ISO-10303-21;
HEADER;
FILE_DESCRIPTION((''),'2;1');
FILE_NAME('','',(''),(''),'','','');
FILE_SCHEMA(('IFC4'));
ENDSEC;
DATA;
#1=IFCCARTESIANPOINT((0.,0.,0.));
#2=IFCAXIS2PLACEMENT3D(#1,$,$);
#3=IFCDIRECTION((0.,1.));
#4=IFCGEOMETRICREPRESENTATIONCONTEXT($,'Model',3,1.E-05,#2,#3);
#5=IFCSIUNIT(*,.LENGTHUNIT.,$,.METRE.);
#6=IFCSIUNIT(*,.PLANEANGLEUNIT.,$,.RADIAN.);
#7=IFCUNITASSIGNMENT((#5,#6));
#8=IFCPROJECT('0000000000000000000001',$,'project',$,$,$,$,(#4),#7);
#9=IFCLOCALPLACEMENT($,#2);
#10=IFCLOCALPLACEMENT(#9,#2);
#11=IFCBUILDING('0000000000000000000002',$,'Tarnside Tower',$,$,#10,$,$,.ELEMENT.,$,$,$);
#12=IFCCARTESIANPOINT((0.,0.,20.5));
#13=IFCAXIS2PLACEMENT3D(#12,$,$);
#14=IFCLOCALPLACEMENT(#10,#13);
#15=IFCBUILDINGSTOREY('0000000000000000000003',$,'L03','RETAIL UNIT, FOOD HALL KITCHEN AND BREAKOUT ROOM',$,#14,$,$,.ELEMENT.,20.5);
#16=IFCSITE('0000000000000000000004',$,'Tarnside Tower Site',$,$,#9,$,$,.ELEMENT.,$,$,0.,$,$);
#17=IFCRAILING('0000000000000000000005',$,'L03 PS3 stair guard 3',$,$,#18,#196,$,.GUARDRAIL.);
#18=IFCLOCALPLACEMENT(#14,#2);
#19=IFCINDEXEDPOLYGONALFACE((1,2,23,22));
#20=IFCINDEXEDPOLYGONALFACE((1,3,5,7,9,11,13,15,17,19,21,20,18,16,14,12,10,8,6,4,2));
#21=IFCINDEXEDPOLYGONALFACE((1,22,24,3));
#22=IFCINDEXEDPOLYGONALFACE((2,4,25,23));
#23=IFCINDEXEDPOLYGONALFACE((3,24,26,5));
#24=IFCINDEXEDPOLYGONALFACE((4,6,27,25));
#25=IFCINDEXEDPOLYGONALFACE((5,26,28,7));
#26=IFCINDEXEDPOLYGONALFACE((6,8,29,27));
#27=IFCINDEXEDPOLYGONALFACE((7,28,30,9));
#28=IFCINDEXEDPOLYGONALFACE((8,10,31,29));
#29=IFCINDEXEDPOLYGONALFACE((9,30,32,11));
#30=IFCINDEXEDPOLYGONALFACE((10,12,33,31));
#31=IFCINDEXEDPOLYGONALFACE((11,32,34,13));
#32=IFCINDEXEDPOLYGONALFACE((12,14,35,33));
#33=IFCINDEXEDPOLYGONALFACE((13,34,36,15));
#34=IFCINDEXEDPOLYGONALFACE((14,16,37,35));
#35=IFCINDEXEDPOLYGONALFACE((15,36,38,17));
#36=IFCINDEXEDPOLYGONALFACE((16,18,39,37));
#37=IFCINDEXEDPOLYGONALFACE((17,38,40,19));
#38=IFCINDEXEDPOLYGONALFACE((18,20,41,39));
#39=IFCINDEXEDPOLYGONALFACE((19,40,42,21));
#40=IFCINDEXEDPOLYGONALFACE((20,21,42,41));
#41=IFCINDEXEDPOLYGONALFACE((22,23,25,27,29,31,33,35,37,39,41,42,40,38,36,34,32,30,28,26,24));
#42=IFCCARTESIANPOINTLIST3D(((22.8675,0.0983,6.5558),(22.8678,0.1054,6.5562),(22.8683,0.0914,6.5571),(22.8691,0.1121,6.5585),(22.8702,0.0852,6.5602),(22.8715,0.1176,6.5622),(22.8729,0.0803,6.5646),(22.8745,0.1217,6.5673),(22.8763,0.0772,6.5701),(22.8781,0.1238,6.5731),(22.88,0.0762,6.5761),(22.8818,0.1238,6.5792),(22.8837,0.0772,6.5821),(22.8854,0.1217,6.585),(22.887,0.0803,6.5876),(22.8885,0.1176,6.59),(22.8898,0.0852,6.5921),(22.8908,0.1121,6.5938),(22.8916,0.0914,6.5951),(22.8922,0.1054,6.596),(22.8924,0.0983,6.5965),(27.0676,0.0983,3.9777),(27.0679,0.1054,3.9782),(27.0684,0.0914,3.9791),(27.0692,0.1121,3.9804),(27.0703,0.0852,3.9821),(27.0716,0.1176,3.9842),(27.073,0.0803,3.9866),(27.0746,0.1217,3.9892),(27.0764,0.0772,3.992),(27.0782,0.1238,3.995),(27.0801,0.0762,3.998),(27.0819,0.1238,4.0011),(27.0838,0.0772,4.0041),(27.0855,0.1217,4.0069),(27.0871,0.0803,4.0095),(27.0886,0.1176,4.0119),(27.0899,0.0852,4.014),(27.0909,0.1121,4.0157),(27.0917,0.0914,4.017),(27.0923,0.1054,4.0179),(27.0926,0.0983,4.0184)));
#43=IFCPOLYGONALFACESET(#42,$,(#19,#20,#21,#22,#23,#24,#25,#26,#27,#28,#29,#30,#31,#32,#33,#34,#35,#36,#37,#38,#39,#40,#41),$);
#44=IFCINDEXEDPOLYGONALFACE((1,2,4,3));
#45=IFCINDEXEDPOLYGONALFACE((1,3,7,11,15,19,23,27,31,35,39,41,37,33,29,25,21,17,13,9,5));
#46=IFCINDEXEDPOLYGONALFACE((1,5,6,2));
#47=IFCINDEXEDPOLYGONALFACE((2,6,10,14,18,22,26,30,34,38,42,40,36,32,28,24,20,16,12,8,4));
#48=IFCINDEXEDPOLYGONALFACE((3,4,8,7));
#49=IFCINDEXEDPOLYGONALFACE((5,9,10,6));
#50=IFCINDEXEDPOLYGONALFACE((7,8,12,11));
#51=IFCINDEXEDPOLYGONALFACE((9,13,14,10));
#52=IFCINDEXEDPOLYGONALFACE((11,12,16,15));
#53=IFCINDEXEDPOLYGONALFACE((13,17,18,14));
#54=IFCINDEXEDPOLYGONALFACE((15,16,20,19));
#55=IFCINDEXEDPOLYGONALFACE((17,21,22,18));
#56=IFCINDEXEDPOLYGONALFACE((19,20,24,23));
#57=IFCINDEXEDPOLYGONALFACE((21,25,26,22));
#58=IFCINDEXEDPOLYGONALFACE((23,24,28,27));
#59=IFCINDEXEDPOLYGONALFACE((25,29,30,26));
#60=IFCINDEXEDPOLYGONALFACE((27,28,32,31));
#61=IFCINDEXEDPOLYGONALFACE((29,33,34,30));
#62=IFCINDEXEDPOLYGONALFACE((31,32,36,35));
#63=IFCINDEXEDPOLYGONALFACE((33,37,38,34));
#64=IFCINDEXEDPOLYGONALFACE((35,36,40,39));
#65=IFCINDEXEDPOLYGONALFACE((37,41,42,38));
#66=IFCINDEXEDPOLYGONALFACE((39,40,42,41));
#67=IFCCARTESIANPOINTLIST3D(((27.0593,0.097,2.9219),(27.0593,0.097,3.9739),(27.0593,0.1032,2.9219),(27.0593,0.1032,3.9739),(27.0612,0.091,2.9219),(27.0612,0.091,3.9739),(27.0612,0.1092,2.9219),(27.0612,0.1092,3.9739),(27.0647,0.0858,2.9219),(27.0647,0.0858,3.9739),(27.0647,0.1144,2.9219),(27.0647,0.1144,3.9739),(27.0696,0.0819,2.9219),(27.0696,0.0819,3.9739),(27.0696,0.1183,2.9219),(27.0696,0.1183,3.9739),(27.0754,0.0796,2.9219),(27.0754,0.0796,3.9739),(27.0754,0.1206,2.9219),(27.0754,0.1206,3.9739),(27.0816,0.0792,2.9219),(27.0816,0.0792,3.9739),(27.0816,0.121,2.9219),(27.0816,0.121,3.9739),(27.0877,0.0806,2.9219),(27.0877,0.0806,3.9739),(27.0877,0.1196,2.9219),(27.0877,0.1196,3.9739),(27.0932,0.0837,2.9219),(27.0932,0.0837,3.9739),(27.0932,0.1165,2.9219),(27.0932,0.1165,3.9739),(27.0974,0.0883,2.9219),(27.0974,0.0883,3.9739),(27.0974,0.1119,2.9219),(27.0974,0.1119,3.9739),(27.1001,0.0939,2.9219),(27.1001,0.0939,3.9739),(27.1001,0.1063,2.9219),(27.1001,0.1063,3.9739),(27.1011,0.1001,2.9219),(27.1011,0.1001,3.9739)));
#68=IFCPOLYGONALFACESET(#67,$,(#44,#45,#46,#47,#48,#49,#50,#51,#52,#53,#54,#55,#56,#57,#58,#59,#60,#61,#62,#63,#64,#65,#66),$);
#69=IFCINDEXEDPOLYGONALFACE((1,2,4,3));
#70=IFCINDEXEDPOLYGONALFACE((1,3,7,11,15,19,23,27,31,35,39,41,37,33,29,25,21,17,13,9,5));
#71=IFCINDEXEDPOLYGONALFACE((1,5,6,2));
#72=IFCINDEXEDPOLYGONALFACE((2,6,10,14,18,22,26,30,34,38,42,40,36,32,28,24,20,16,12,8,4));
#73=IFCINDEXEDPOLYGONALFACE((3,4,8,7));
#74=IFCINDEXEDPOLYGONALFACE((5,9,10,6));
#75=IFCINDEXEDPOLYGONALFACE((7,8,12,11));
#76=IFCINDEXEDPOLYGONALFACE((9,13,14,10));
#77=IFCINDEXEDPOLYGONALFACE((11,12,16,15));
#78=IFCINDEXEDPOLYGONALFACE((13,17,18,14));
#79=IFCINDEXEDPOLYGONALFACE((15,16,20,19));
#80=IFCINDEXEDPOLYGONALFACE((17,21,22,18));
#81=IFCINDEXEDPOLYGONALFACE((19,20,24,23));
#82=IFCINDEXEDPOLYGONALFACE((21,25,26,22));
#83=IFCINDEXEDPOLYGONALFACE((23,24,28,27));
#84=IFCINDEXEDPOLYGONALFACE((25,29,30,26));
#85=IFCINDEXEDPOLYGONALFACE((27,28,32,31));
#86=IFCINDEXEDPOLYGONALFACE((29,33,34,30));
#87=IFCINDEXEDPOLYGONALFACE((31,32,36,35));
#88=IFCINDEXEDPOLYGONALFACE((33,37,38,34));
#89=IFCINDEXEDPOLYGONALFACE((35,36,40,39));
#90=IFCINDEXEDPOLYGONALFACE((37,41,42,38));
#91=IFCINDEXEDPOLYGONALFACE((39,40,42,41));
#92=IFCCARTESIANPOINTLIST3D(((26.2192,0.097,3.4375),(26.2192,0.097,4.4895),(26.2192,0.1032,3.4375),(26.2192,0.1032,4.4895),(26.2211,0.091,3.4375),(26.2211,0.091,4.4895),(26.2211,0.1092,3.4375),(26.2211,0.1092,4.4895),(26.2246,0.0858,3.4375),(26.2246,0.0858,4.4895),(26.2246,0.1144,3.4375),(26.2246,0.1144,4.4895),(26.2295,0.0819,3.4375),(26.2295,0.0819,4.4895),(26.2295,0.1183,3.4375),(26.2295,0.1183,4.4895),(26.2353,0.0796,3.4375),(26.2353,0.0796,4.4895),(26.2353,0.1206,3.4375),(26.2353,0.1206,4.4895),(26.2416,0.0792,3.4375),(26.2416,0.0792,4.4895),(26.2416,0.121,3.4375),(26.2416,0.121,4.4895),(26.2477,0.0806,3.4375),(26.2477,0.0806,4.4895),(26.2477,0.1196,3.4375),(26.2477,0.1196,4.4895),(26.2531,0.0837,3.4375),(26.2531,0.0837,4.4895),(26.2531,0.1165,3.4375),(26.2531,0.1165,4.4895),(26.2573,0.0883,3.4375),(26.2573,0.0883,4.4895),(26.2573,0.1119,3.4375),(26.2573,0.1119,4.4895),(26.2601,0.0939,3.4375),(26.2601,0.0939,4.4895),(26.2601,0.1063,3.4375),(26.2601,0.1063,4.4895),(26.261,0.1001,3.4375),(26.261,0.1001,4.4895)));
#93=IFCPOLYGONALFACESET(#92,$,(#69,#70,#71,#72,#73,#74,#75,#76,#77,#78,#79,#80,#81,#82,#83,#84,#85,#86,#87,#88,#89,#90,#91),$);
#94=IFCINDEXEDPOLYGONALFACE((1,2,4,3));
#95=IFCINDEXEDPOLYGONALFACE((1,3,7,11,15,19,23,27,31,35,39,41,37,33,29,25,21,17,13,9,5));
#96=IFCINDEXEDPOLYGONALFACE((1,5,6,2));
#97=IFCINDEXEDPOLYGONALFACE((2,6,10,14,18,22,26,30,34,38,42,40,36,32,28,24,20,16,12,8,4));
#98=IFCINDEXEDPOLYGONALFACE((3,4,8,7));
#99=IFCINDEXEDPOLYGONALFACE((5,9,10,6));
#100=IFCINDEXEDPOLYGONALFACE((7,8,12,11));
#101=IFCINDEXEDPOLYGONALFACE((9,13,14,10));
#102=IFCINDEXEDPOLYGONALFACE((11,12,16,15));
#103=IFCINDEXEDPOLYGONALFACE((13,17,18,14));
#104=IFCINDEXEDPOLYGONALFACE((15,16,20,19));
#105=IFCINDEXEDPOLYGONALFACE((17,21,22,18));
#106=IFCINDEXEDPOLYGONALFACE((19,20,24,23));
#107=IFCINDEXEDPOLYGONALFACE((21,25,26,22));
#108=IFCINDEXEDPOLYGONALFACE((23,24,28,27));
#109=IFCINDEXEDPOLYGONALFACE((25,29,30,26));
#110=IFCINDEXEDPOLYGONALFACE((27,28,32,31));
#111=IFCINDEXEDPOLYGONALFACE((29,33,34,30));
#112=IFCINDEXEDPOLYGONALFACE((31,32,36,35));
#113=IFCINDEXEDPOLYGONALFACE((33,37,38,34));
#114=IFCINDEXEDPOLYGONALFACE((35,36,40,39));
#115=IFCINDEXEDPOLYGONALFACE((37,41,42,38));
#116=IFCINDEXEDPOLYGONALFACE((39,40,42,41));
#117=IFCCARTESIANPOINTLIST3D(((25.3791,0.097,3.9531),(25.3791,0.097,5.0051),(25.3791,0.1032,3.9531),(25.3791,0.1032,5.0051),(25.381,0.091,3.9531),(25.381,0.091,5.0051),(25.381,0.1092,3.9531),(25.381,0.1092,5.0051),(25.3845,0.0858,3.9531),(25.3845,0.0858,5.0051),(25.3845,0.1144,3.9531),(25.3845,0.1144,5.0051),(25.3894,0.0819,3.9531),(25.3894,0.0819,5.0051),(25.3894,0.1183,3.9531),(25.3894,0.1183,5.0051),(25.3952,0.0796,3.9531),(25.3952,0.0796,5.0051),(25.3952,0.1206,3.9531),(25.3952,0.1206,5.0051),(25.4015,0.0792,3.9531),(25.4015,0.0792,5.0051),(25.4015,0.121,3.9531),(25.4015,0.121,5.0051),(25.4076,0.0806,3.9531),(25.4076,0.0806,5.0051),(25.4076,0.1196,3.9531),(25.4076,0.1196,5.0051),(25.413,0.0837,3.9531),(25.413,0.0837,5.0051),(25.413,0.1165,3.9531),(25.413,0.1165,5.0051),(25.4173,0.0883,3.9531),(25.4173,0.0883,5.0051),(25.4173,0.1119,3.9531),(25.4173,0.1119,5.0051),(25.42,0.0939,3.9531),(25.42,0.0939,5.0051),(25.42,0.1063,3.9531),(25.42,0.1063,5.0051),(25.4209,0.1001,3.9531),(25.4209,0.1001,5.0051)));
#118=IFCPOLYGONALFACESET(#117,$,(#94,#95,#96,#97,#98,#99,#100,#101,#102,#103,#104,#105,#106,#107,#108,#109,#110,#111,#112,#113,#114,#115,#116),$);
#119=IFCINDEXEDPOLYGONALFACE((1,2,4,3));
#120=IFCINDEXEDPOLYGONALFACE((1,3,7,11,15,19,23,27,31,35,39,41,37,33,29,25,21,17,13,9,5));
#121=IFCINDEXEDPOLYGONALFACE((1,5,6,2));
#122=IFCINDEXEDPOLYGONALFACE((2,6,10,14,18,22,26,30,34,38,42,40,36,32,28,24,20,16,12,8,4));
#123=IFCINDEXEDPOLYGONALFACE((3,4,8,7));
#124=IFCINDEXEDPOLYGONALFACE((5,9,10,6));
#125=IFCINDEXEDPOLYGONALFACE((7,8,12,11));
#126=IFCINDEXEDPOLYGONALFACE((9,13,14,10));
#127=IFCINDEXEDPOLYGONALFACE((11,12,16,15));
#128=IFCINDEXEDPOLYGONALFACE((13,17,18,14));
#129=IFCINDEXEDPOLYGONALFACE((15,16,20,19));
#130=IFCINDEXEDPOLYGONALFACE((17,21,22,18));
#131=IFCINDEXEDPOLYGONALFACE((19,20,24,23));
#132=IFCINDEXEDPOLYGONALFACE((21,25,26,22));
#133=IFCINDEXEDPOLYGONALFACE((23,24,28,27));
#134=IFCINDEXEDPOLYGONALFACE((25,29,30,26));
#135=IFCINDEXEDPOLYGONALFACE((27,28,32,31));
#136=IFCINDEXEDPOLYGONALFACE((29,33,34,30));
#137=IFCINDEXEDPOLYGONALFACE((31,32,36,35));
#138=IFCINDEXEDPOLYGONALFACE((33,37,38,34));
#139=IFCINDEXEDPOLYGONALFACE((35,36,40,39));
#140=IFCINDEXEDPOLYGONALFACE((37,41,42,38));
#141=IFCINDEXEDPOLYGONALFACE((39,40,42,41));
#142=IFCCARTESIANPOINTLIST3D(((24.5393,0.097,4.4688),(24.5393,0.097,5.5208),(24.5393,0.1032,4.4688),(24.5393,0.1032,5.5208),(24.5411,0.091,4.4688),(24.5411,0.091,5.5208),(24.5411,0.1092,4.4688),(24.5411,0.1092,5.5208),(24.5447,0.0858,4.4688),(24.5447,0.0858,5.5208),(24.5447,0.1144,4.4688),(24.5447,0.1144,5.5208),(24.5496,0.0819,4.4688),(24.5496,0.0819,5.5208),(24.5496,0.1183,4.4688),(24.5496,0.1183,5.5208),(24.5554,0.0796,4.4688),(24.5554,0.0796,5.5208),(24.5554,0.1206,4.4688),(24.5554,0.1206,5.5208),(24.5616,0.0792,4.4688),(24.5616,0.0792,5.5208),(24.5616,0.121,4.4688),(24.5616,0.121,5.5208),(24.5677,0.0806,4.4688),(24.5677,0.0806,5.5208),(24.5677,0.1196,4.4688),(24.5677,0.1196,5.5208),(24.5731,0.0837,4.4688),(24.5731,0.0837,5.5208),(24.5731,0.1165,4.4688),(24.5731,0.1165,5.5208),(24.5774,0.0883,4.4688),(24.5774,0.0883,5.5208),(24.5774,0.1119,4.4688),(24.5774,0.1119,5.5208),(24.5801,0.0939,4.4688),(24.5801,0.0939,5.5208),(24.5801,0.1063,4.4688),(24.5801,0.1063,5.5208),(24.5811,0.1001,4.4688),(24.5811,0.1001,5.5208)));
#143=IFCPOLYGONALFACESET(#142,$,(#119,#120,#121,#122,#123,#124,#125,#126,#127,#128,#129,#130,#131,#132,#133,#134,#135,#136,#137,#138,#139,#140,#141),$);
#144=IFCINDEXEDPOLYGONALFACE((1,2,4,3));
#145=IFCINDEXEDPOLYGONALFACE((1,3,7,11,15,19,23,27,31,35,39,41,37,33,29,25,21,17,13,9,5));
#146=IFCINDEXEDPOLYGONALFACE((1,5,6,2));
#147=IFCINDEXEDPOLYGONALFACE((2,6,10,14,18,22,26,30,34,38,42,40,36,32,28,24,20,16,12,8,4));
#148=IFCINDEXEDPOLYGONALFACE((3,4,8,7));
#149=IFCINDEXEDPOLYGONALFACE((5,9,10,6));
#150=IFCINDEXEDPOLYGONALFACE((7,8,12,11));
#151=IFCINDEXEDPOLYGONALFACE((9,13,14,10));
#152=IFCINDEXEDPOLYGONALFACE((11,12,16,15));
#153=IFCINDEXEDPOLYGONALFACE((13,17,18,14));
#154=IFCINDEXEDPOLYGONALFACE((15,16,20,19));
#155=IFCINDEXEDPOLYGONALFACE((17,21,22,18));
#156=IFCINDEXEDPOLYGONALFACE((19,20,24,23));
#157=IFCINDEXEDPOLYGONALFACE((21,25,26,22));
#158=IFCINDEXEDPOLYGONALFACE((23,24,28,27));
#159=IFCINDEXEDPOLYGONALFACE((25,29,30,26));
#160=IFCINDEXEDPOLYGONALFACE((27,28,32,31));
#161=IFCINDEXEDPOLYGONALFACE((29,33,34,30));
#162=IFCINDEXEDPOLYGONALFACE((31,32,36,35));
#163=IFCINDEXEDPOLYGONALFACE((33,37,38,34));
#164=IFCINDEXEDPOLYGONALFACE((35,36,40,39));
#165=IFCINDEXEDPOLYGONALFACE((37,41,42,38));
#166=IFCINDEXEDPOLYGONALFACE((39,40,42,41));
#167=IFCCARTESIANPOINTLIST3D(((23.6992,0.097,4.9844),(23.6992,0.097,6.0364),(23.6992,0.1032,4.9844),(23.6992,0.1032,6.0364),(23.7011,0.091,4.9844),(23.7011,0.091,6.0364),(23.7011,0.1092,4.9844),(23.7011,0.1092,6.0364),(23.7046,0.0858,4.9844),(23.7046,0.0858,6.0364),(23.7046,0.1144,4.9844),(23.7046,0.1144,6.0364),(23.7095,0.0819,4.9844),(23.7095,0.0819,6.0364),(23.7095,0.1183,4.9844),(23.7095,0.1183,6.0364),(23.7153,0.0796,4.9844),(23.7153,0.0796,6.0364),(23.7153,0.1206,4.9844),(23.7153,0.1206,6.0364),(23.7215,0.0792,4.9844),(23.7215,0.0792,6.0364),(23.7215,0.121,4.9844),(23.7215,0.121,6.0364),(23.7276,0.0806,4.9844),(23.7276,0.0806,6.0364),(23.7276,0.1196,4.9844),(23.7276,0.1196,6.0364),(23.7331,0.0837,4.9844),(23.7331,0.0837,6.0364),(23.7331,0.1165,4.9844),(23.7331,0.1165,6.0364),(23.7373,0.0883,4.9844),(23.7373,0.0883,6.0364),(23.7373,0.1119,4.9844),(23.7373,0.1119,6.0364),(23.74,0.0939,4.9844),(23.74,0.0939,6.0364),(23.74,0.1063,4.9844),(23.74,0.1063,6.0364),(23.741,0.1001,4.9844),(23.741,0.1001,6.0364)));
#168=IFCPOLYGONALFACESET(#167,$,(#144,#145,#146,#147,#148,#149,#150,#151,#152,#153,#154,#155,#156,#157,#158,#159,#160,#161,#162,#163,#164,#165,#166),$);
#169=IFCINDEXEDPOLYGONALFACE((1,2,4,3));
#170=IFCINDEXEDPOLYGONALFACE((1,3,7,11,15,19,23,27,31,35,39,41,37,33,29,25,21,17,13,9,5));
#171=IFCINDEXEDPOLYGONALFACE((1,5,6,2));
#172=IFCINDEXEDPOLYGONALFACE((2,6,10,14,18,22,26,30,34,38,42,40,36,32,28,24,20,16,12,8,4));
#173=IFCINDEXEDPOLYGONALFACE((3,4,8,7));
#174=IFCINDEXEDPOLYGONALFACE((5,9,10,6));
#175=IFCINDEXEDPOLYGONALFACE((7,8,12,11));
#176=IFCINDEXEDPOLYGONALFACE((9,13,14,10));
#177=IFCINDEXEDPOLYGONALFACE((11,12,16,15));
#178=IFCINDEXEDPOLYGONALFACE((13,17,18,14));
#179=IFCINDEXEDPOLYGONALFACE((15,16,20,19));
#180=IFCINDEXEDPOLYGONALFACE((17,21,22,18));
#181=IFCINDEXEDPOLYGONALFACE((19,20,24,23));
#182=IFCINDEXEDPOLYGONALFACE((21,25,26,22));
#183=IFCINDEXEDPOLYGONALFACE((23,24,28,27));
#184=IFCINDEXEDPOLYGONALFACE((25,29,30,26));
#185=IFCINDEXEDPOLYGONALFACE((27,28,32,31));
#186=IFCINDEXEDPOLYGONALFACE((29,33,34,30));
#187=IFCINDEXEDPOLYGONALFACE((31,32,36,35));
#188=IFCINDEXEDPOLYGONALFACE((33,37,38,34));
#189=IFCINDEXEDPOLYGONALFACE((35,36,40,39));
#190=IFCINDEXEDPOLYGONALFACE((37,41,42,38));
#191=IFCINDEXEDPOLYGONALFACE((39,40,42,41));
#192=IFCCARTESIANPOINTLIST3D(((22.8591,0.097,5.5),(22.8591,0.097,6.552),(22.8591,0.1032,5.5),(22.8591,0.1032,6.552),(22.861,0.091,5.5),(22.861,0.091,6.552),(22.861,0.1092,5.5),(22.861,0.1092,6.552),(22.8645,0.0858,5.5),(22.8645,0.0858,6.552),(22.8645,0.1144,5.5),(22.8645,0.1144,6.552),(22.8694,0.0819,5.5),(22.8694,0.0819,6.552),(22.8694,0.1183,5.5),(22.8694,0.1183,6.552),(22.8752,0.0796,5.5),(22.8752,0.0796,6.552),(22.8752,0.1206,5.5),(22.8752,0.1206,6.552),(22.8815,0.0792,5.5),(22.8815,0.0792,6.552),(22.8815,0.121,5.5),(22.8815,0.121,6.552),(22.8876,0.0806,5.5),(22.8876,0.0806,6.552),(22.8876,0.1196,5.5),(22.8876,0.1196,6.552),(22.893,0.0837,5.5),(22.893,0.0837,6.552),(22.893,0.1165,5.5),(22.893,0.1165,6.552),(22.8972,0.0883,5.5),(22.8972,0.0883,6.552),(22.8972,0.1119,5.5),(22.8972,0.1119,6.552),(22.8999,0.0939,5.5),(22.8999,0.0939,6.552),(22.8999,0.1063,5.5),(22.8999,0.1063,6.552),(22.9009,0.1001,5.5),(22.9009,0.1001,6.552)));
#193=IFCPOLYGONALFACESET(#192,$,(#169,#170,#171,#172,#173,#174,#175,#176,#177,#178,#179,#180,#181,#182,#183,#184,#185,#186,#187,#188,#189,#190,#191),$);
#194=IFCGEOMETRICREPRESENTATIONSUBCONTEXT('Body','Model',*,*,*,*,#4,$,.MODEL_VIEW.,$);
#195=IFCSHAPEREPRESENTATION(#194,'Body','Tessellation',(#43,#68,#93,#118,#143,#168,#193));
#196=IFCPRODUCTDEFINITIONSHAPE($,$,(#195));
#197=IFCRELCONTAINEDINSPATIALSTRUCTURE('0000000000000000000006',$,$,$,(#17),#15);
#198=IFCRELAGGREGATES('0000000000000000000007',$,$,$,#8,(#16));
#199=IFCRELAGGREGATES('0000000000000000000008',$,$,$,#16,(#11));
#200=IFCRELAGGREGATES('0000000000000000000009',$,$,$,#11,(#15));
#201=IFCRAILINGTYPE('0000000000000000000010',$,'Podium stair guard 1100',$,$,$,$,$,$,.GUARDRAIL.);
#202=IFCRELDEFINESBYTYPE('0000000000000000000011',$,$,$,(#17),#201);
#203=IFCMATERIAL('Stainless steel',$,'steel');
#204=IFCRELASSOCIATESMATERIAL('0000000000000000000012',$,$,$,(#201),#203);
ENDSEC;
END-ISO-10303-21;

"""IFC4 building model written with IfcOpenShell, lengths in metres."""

from ifc_helpers import new_model, si_unit, direction, frame, origin, origin_2d, place, context, subcontext, project, spatial, circle, extrude, material, type_object, element, save


model = new_model("IFC4")

# Units and contexts
model_context = context("Model", 3, precision=1e-05, world=origin(), true_north=direction((0.0, 1.0)))
body_context = subcontext(model_context, "Body", "Model", "MODEL_VIEW")
ifc_project = project(units=[si_unit("LENGTHUNIT", "METRE"), si_unit("PLANEANGLEUNIT", "RADIAN")], contexts=[model_context])

# Site, building, storey
site_placement = place(None, origin())
site = spatial("IfcSite", under=ifc_project, at=site_placement, Name="Tarnside Tower Site", CompositionType="ELEMENT", RefElevation=0.0)
building_placement = place(site_placement, origin())
building = spatial("IfcBuilding", under=site, at=building_placement, Name="Tarnside Tower", CompositionType="ELEMENT")
storey_placement = place(building_placement, frame((0.0, 0.0, 20.5)))
storey = spatial("IfcBuildingStorey", under=building, at=storey_placement, Name="L03", Description="RETAIL UNIT, FOOD HALL KITCHEN AND BREAKOUT ROOM", CompositionType="ELEMENT", Elevation=20.5)

# Railing
ifc_material_1 = material(Name="Stainless steel", Category="steel")
railing_type_1 = type_object("IfcRailingType", Name="Podium stair guard 1100", PredefinedType="GUARDRAIL", material=ifc_material_1)
railing_1_placement = place(storey_placement, frame((27.0801, 0.1001, 2.9219)))
element("IfcRailing", 1, at=railing_1_placement, inside=storey, type_object=railing_type_1, Name="L03 PS3 stair guard 3", PredefinedType="GUARDRAIL", context=body_context, shape_type="SweptSolid", body=[
    extrude(circle(Radius=0.0239, at=origin_2d()), frame((0.0, 0.0, 1.0762), z_axis=(-0.852256, 0.0, 0.523124), x_axis=(0.0, -1.0, 0.0)), (0.0, 0.0, 1.0), 4.9282),
    extrude(circle(Radius=0.021, at=origin_2d()), origin(), (0.0, 0.0, 1.0), 1.052),
    extrude(circle(Radius=0.021, at=origin_2d()), frame((-0.8401, 0.0, 0.5156)), (0.0, 0.0, 1.0), 1.052),
    extrude(circle(Radius=0.021, at=origin_2d()), frame((-1.6802, 0.0, 1.0312)), (0.0, 0.0, 1.0), 1.052),
    extrude(circle(Radius=0.021, at=origin_2d()), frame((-2.52, 0.0, 1.5469)), (0.0, 0.0, 1.0), 1.052),
    extrude(circle(Radius=0.021, at=origin_2d()), frame((-3.3601, 0.0, 2.0625)), (0.0, 0.0, 1.0), 1.052),
    extrude(circle(Radius=0.021, at=origin_2d()), frame((-4.2002, 0.0, 2.5781)), (0.0, 0.0, 1.0), 1.052),
])

save(model, "model.ifc")
